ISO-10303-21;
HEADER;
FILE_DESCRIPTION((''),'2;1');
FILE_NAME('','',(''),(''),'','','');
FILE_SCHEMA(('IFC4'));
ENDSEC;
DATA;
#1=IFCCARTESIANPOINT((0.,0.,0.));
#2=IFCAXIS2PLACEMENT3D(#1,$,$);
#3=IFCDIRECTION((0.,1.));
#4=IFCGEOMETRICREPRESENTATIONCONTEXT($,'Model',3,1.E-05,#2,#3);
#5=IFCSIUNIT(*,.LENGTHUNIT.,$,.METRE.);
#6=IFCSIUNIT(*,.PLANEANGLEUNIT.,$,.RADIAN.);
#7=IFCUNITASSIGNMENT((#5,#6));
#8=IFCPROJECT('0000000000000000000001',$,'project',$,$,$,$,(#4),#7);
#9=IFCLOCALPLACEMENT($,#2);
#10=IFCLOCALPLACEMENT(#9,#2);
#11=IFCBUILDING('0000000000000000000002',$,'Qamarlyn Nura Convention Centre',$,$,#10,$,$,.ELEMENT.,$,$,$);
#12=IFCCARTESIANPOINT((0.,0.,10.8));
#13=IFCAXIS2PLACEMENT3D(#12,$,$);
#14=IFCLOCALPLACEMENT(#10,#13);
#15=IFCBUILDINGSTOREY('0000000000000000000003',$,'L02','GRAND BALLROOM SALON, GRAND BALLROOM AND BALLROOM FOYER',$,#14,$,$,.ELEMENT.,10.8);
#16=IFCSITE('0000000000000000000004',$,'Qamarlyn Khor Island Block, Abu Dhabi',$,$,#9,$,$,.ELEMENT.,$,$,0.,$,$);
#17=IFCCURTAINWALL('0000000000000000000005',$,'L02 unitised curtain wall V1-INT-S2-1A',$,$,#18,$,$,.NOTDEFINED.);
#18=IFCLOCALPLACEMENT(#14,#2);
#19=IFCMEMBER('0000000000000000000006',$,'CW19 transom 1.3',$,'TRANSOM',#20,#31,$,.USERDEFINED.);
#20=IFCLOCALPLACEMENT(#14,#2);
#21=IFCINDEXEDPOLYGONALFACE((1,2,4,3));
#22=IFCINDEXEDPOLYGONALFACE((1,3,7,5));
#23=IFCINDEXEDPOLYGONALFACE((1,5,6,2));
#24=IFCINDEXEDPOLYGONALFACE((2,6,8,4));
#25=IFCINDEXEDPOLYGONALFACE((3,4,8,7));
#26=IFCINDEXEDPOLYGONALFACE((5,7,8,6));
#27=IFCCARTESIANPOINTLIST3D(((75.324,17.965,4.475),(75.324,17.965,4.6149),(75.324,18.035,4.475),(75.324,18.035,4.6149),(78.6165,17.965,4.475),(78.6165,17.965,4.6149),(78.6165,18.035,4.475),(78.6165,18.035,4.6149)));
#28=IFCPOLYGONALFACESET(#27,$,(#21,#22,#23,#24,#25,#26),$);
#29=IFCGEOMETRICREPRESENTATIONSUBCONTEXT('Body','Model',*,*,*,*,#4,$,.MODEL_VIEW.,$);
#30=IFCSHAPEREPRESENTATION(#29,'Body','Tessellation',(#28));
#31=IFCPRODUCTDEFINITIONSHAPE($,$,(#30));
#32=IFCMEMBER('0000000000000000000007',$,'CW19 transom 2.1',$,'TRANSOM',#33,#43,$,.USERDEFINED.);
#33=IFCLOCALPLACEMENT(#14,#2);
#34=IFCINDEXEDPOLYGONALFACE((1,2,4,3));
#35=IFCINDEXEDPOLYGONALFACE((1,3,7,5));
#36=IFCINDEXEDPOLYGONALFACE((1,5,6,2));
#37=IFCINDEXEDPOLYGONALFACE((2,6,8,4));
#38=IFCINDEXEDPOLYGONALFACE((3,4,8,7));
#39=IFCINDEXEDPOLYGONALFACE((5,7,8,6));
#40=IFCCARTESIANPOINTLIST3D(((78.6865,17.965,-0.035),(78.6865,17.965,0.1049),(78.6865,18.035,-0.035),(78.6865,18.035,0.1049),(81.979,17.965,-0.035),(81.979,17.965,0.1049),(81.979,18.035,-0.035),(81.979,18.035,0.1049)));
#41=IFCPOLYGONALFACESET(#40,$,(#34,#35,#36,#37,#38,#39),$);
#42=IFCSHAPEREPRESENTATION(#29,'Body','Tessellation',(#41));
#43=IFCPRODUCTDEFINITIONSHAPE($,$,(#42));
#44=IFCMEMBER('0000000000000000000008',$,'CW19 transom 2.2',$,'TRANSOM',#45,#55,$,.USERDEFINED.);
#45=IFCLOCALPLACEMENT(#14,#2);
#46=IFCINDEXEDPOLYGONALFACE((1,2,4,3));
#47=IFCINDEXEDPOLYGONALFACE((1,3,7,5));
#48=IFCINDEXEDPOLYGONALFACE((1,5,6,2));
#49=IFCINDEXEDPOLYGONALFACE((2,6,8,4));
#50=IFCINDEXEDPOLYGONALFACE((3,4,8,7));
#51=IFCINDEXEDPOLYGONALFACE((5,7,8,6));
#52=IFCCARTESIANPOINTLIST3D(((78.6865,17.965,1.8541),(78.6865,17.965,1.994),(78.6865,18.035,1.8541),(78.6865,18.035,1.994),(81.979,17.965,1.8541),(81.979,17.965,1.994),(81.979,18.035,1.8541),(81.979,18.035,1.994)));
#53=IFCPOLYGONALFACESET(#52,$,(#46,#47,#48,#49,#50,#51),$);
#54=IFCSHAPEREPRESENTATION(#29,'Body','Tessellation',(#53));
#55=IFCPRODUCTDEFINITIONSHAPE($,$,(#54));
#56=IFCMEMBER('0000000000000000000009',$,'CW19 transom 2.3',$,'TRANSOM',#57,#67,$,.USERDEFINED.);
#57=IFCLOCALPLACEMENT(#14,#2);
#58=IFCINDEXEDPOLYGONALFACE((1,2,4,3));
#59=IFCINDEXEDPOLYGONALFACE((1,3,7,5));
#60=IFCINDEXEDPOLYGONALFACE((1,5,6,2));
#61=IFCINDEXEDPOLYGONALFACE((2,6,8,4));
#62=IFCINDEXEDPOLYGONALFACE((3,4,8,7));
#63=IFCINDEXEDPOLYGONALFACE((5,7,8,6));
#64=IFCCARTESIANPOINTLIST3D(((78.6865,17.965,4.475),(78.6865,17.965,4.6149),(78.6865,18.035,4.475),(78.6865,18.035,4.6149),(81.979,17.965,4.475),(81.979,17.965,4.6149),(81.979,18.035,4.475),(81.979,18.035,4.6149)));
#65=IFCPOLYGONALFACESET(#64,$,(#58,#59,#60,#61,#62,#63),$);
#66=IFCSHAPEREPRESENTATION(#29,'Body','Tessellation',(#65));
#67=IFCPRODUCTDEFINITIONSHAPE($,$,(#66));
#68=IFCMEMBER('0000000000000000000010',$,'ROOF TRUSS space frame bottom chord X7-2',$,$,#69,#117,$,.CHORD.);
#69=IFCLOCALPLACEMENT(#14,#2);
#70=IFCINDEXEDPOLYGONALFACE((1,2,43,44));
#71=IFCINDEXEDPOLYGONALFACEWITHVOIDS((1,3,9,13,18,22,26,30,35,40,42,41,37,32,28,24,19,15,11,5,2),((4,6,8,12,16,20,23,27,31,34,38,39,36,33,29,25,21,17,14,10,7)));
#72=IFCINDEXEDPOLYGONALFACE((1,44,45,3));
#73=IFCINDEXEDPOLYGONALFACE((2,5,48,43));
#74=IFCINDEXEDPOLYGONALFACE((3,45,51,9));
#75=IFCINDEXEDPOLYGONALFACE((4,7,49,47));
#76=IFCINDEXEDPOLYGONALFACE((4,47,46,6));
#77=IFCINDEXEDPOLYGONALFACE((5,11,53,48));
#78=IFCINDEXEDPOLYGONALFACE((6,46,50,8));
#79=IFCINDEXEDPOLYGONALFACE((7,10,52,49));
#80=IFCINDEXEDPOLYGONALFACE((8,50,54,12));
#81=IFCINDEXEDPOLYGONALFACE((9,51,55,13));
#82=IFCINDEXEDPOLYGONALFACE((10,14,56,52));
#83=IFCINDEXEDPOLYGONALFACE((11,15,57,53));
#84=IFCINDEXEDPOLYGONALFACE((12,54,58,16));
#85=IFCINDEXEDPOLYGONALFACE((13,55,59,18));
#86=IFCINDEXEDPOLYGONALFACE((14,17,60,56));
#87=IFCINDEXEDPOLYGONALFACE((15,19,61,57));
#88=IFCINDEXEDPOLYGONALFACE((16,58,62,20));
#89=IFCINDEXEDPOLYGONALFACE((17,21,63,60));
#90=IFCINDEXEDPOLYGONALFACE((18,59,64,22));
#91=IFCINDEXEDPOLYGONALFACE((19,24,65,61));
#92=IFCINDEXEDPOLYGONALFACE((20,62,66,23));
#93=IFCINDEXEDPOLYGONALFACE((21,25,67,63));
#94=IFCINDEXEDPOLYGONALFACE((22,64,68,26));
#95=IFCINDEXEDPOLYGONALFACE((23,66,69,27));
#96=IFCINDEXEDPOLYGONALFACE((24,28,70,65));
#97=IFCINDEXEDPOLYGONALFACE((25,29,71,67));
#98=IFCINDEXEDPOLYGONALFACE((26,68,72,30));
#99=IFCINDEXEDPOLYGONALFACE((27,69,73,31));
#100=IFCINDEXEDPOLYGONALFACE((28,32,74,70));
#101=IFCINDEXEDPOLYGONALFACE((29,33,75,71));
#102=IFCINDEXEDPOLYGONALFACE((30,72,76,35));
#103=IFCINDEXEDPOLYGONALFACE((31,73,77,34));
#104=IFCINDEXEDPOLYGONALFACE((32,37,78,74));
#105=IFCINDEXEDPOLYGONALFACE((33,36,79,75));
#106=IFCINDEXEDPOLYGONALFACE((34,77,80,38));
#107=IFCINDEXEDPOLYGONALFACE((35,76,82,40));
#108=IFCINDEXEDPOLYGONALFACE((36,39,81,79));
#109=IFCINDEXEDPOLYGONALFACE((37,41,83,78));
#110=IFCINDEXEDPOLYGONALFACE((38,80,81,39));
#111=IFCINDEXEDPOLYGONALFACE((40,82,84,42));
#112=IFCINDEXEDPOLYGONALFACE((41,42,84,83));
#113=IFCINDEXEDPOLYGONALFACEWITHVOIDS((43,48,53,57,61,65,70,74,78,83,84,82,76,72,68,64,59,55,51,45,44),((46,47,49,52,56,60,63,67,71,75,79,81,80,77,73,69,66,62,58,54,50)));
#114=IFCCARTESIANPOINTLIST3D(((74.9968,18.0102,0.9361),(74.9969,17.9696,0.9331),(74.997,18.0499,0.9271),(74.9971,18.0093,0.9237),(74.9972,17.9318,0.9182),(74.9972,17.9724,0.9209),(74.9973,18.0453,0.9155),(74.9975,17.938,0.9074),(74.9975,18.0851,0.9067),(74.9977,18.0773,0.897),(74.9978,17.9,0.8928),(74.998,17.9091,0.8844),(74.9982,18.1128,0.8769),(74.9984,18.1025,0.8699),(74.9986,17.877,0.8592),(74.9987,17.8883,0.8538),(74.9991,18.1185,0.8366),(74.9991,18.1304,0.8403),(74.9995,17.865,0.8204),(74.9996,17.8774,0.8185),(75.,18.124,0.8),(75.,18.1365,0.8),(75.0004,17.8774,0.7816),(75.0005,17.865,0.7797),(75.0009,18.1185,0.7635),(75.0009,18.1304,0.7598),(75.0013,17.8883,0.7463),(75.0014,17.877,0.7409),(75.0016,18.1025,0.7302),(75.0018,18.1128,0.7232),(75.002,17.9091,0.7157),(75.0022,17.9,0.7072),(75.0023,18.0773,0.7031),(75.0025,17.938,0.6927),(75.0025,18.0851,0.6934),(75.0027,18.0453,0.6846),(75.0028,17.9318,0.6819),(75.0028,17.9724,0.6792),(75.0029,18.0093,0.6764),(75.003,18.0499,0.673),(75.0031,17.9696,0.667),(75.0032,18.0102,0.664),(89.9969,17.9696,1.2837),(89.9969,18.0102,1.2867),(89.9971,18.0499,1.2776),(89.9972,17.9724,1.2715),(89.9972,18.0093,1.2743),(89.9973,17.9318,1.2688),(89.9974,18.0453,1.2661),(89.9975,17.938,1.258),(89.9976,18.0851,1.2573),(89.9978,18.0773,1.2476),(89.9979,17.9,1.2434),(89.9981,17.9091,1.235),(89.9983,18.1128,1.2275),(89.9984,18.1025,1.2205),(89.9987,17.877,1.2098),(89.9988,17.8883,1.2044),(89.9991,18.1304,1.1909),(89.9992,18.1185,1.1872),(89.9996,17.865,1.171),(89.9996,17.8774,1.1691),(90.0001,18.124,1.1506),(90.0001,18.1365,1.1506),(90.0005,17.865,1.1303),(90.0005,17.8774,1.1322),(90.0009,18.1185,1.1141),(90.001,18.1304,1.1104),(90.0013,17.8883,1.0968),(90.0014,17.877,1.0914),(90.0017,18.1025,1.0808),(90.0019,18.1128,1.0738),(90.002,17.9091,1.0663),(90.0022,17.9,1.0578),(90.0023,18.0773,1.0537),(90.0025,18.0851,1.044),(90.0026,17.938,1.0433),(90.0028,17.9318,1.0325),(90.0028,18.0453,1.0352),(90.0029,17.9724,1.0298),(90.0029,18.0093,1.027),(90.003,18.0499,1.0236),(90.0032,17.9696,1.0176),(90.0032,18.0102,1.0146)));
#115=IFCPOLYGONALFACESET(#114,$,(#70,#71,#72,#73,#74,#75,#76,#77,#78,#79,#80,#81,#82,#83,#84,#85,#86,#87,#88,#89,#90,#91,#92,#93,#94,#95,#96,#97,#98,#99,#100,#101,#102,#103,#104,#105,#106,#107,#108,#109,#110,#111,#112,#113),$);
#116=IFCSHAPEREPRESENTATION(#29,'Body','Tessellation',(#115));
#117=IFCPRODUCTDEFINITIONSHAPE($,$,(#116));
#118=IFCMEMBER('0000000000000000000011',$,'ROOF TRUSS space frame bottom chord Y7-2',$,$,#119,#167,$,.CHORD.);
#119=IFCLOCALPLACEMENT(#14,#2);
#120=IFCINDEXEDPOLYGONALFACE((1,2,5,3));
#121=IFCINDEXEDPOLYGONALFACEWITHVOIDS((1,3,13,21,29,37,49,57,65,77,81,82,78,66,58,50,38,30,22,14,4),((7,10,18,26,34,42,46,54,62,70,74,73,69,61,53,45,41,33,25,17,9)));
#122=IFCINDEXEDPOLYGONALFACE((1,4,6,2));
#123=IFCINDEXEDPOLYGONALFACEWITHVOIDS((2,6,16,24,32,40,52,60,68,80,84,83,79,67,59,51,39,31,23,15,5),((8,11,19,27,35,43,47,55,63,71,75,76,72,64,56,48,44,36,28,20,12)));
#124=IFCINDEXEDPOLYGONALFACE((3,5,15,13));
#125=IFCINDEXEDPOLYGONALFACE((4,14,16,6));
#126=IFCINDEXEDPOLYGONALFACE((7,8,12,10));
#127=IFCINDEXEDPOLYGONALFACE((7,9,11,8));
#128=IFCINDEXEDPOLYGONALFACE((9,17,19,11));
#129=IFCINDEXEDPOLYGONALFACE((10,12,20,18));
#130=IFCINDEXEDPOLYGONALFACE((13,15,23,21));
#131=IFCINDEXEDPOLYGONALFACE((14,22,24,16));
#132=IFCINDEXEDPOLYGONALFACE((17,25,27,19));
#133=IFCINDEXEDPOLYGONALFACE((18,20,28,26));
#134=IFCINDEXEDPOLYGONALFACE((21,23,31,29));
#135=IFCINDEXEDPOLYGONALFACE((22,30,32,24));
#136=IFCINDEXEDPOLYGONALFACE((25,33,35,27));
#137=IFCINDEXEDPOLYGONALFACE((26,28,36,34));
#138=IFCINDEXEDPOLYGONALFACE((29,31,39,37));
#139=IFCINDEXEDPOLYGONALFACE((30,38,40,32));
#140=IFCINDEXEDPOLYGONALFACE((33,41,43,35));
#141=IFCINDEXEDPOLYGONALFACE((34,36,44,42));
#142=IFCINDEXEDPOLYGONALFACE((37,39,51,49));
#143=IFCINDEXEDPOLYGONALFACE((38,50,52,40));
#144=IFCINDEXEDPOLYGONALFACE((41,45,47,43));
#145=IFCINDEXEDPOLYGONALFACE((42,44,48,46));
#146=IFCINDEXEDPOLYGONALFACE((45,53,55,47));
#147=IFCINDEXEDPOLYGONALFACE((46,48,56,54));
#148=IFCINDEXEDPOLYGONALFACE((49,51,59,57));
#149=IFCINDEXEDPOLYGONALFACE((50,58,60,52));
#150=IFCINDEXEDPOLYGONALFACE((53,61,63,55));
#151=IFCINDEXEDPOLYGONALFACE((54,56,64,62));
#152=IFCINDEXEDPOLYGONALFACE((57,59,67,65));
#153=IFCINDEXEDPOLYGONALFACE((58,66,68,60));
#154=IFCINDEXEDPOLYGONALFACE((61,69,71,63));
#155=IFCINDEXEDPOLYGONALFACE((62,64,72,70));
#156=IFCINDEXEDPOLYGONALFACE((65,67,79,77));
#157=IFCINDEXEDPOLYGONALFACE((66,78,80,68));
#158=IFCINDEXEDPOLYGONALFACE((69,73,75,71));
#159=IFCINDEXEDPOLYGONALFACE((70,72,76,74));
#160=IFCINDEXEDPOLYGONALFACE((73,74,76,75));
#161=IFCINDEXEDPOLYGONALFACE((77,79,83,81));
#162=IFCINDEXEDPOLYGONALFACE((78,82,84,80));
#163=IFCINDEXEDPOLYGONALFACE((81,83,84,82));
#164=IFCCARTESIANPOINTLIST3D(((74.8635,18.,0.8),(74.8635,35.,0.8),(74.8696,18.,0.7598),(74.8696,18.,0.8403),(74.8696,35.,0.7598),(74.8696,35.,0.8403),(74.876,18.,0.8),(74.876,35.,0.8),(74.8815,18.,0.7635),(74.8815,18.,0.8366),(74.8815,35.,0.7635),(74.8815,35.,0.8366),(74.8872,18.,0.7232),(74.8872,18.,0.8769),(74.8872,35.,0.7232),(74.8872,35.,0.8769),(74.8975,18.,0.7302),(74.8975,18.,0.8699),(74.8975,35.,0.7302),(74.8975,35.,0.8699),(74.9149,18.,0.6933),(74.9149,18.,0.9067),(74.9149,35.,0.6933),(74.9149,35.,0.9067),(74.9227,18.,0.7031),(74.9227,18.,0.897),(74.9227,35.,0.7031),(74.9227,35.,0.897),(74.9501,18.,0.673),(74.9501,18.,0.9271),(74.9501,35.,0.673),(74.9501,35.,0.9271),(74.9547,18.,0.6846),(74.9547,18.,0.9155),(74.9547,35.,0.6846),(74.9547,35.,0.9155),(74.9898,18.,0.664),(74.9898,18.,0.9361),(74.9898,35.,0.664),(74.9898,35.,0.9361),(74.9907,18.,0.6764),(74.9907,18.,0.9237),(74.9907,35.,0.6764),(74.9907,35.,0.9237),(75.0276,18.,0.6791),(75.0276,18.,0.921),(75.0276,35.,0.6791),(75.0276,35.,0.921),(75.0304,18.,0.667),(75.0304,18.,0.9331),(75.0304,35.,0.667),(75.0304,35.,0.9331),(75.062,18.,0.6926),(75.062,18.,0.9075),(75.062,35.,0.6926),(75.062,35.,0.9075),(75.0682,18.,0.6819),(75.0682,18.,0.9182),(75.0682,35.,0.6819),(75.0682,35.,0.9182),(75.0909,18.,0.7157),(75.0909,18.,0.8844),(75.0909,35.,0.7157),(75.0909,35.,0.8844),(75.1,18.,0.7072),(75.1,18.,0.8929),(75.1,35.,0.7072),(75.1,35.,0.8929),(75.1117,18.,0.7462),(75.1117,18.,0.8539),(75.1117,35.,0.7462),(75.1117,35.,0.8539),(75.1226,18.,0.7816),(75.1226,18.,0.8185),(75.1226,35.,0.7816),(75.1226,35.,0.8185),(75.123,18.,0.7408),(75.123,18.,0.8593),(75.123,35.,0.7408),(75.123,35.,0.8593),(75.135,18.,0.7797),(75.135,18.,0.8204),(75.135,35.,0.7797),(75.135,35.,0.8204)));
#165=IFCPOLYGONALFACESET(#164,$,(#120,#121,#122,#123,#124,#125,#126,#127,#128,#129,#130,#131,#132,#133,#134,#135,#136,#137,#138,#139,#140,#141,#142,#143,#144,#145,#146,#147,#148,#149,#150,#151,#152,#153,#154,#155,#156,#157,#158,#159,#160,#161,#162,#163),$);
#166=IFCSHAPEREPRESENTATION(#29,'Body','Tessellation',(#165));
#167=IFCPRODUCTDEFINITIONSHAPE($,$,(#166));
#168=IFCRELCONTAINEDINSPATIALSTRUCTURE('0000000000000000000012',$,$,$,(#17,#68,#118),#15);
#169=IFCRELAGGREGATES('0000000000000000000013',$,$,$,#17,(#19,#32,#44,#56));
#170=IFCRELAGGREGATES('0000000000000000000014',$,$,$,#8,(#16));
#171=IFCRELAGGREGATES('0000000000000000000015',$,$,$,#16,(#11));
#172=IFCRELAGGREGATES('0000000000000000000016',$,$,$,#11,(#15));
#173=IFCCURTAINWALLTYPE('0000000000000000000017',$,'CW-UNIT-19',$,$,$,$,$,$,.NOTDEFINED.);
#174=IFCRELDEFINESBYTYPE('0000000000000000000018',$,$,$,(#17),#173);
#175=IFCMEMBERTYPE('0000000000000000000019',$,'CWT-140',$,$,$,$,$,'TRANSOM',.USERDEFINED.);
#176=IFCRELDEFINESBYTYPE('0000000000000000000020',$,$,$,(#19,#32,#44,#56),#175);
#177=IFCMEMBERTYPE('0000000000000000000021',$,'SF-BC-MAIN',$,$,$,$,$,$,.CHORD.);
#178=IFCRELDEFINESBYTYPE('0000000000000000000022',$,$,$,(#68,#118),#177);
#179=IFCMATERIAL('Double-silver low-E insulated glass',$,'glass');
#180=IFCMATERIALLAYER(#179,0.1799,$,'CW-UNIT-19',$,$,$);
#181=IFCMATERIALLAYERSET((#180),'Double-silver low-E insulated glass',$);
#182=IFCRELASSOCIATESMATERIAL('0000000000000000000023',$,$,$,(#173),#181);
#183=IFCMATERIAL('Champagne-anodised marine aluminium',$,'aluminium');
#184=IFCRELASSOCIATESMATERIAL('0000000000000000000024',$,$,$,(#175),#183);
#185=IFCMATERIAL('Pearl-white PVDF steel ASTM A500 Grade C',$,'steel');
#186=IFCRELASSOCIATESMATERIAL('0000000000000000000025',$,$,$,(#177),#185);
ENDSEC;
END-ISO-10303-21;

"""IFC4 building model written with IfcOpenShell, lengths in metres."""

from ifc_helpers import new_model, si_unit, direction, frame, origin, origin_2d, place, context, subcontext, project, spatial, rectangle, hollow_circle, extrude, material, layer, layer_set, material_profile, profile_set, type_object, element, aggregate, save


model = new_model("IFC4")

# Units and contexts
model_context = context("Model", 3, precision=1e-05, world=origin(), true_north=direction((0.0, 1.0)))
body_context = subcontext(model_context, "Body", "Model", "MODEL_VIEW")
ifc_project = project(units=[si_unit("LENGTHUNIT", "METRE"), si_unit("PLANEANGLEUNIT", "RADIAN")], contexts=[model_context])

# Site, building, storey
site_placement = place(None, origin())
site = spatial("IfcSite", under=ifc_project, at=site_placement, Name="Qamarlyn Khor Island Block, Abu Dhabi", CompositionType="ELEMENT", RefElevation=0.0)
building_placement = place(site_placement, origin())
building = spatial("IfcBuilding", under=site, at=building_placement, Name="Qamarlyn Nura Convention Centre", CompositionType="ELEMENT")
storey_placement = place(building_placement, frame((0.0, 0.0, 10.8)))
storey = spatial("IfcBuildingStorey", under=building, at=storey_placement, Name="L02", Description="GRAND BALLROOM SALON, GRAND BALLROOM AND BALLROOM FOYER", CompositionType="ELEMENT", Elevation=10.8)

# Shared definitions
ifc_material_1 = material(Name="Pearl-white PVDF steel ASTM A500 Grade C", Category="steel")

# Shared definitions
ifc_material_2 = material(Name="Double-silver low-E insulated glass", Category="glass")
ifc_material_3 = material(Name="Champagne-anodised marine aluminium", Category="aluminium")

# Curtain wall, members
ifc_layer_1 = layer(ifc_material_2, 0.1799, Name="CW-UNIT-19")
ifc_layer_set_1 = layer_set([ifc_layer_1], Name="Double-silver low-E insulated glass")
curtain_wall_type_1 = type_object("IfcCurtainWallType", Name="CW-UNIT-19", PredefinedType="NOTDEFINED", material=ifc_layer_set_1)
curtain_wall_1_placement = place(storey_placement, origin())
curtain_wall_1 = element("IfcCurtainWall", 1, at=curtain_wall_1_placement, inside=storey, type_object=curtain_wall_type_1, Name="L02 unitised curtain wall V1-INT-S2-1A", PredefinedType="NOTDEFINED")
ifc_material_profile_1 = material_profile(ifc_material_3, rectangle(XDim=0.0701, YDim=0.1399, at=origin_2d()), Name="ALU TRANSOM 70x140")
ifc_profile_set_1 = profile_set([ifc_material_profile_1], Name="Champagne-anodised marine aluminium")
member_type_1 = type_object("IfcMemberType", Name="CWT-140", ElementType="TRANSOM", PredefinedType="USERDEFINED", material=ifc_profile_set_1)
member_1_placement = place(storey_placement, frame((75.324, 18.0, 4.5449), z_axis=(1.0, 0.0, 0.0), x_axis=(0.0, 1.0, 0.0)))
member_1 = element("IfcMember", 2, at=member_1_placement, type_object=member_type_1, Name="CW19 transom 1.3", ObjectType="TRANSOM", PredefinedType="USERDEFINED", context=body_context, shape_type="SweptSolid", body=[
    extrude(rectangle(XDim=0.0701, YDim=0.1399, at=origin_2d()), origin(), (0.0, 0.0, 1.0), 3.2925),
])
member_2_placement = place(storey_placement, frame((78.6865, 18.0, 0.0349), z_axis=(1.0, 0.0, 0.0), x_axis=(0.0, 1.0, 0.0)))
member_2 = element("IfcMember", 3, at=member_2_placement, type_object=member_type_1, Name="CW19 transom 2.1", ObjectType="TRANSOM", PredefinedType="USERDEFINED", context=body_context, shape_type="SweptSolid", body=[
    extrude(rectangle(XDim=0.0701, YDim=0.1399, at=origin_2d()), origin(), (0.0, 0.0, 1.0), 3.2925),
])
member_3_placement = place(storey_placement, frame((78.6865, 18.0, 1.9241), z_axis=(1.0, 0.0, 0.0), x_axis=(0.0, 1.0, 0.0)))
member_3 = element("IfcMember", 4, at=member_3_placement, type_object=member_type_1, Name="CW19 transom 2.2", ObjectType="TRANSOM", PredefinedType="USERDEFINED", context=body_context, shape_type="SweptSolid", body=[
    extrude(rectangle(XDim=0.0701, YDim=0.1399, at=origin_2d()), origin(), (0.0, 0.0, 1.0), 3.2925),
])
member_4_placement = place(storey_placement, frame((78.6865, 18.0, 4.5449), z_axis=(1.0, 0.0, 0.0), x_axis=(0.0, 1.0, 0.0)))
member_4 = element("IfcMember", 5, at=member_4_placement, type_object=member_type_1, Name="CW19 transom 2.3", ObjectType="TRANSOM", PredefinedType="USERDEFINED", context=body_context, shape_type="SweptSolid", body=[
    extrude(rectangle(XDim=0.0701, YDim=0.1399, at=origin_2d()), origin(), (0.0, 0.0, 1.0), 3.2925),
])

# Members
ifc_material_profile_2 = material_profile(ifc_material_1, hollow_circle(Radius=0.1365, WallThickness=0.0125, at=origin_2d()), Name="CHS273X12.5")
ifc_profile_set_2 = profile_set([ifc_material_profile_2], Name="Pearl-white PVDF steel ASTM A500 Grade C")
member_type_2 = type_object("IfcMemberType", Name="SF-BC-MAIN", PredefinedType="CHORD", material=ifc_profile_set_2)
member_5_placement = place(storey_placement, frame((75.0, 18.0, 0.8), z_axis=(0.999727, 0.0, 0.023366), x_axis=(0.0, 1.0, 0.0)))
element("IfcMember", 6, at=member_5_placement, inside=storey, type_object=member_type_2, Name="ROOF TRUSS space frame bottom chord X7-2", PredefinedType="CHORD", context=body_context, shape_type="SweptSolid", body=[
    extrude(hollow_circle(Radius=0.1365, WallThickness=0.0125, at=origin_2d()), origin(), (0.0, 0.0, 1.0), 15.0042),
])
member_6_placement = place(storey_placement, frame((75.0, 18.0, 0.8), z_axis=(0.0, 1.0, 0.0), x_axis=(-1.0, 0.0, 0.0)))
element("IfcMember", 7, at=member_6_placement, inside=storey, type_object=member_type_2, Name="ROOF TRUSS space frame bottom chord Y7-2", PredefinedType="CHORD", context=body_context, shape_type="SweptSolid", body=[
    extrude(hollow_circle(Radius=0.1365, WallThickness=0.0125, at=origin_2d()), origin(), (0.0, 0.0, 1.0), 17.0),
])

aggregate(curtain_wall_1, [member_1, member_2, member_3, member_4])

save(model, "model.ifc")
